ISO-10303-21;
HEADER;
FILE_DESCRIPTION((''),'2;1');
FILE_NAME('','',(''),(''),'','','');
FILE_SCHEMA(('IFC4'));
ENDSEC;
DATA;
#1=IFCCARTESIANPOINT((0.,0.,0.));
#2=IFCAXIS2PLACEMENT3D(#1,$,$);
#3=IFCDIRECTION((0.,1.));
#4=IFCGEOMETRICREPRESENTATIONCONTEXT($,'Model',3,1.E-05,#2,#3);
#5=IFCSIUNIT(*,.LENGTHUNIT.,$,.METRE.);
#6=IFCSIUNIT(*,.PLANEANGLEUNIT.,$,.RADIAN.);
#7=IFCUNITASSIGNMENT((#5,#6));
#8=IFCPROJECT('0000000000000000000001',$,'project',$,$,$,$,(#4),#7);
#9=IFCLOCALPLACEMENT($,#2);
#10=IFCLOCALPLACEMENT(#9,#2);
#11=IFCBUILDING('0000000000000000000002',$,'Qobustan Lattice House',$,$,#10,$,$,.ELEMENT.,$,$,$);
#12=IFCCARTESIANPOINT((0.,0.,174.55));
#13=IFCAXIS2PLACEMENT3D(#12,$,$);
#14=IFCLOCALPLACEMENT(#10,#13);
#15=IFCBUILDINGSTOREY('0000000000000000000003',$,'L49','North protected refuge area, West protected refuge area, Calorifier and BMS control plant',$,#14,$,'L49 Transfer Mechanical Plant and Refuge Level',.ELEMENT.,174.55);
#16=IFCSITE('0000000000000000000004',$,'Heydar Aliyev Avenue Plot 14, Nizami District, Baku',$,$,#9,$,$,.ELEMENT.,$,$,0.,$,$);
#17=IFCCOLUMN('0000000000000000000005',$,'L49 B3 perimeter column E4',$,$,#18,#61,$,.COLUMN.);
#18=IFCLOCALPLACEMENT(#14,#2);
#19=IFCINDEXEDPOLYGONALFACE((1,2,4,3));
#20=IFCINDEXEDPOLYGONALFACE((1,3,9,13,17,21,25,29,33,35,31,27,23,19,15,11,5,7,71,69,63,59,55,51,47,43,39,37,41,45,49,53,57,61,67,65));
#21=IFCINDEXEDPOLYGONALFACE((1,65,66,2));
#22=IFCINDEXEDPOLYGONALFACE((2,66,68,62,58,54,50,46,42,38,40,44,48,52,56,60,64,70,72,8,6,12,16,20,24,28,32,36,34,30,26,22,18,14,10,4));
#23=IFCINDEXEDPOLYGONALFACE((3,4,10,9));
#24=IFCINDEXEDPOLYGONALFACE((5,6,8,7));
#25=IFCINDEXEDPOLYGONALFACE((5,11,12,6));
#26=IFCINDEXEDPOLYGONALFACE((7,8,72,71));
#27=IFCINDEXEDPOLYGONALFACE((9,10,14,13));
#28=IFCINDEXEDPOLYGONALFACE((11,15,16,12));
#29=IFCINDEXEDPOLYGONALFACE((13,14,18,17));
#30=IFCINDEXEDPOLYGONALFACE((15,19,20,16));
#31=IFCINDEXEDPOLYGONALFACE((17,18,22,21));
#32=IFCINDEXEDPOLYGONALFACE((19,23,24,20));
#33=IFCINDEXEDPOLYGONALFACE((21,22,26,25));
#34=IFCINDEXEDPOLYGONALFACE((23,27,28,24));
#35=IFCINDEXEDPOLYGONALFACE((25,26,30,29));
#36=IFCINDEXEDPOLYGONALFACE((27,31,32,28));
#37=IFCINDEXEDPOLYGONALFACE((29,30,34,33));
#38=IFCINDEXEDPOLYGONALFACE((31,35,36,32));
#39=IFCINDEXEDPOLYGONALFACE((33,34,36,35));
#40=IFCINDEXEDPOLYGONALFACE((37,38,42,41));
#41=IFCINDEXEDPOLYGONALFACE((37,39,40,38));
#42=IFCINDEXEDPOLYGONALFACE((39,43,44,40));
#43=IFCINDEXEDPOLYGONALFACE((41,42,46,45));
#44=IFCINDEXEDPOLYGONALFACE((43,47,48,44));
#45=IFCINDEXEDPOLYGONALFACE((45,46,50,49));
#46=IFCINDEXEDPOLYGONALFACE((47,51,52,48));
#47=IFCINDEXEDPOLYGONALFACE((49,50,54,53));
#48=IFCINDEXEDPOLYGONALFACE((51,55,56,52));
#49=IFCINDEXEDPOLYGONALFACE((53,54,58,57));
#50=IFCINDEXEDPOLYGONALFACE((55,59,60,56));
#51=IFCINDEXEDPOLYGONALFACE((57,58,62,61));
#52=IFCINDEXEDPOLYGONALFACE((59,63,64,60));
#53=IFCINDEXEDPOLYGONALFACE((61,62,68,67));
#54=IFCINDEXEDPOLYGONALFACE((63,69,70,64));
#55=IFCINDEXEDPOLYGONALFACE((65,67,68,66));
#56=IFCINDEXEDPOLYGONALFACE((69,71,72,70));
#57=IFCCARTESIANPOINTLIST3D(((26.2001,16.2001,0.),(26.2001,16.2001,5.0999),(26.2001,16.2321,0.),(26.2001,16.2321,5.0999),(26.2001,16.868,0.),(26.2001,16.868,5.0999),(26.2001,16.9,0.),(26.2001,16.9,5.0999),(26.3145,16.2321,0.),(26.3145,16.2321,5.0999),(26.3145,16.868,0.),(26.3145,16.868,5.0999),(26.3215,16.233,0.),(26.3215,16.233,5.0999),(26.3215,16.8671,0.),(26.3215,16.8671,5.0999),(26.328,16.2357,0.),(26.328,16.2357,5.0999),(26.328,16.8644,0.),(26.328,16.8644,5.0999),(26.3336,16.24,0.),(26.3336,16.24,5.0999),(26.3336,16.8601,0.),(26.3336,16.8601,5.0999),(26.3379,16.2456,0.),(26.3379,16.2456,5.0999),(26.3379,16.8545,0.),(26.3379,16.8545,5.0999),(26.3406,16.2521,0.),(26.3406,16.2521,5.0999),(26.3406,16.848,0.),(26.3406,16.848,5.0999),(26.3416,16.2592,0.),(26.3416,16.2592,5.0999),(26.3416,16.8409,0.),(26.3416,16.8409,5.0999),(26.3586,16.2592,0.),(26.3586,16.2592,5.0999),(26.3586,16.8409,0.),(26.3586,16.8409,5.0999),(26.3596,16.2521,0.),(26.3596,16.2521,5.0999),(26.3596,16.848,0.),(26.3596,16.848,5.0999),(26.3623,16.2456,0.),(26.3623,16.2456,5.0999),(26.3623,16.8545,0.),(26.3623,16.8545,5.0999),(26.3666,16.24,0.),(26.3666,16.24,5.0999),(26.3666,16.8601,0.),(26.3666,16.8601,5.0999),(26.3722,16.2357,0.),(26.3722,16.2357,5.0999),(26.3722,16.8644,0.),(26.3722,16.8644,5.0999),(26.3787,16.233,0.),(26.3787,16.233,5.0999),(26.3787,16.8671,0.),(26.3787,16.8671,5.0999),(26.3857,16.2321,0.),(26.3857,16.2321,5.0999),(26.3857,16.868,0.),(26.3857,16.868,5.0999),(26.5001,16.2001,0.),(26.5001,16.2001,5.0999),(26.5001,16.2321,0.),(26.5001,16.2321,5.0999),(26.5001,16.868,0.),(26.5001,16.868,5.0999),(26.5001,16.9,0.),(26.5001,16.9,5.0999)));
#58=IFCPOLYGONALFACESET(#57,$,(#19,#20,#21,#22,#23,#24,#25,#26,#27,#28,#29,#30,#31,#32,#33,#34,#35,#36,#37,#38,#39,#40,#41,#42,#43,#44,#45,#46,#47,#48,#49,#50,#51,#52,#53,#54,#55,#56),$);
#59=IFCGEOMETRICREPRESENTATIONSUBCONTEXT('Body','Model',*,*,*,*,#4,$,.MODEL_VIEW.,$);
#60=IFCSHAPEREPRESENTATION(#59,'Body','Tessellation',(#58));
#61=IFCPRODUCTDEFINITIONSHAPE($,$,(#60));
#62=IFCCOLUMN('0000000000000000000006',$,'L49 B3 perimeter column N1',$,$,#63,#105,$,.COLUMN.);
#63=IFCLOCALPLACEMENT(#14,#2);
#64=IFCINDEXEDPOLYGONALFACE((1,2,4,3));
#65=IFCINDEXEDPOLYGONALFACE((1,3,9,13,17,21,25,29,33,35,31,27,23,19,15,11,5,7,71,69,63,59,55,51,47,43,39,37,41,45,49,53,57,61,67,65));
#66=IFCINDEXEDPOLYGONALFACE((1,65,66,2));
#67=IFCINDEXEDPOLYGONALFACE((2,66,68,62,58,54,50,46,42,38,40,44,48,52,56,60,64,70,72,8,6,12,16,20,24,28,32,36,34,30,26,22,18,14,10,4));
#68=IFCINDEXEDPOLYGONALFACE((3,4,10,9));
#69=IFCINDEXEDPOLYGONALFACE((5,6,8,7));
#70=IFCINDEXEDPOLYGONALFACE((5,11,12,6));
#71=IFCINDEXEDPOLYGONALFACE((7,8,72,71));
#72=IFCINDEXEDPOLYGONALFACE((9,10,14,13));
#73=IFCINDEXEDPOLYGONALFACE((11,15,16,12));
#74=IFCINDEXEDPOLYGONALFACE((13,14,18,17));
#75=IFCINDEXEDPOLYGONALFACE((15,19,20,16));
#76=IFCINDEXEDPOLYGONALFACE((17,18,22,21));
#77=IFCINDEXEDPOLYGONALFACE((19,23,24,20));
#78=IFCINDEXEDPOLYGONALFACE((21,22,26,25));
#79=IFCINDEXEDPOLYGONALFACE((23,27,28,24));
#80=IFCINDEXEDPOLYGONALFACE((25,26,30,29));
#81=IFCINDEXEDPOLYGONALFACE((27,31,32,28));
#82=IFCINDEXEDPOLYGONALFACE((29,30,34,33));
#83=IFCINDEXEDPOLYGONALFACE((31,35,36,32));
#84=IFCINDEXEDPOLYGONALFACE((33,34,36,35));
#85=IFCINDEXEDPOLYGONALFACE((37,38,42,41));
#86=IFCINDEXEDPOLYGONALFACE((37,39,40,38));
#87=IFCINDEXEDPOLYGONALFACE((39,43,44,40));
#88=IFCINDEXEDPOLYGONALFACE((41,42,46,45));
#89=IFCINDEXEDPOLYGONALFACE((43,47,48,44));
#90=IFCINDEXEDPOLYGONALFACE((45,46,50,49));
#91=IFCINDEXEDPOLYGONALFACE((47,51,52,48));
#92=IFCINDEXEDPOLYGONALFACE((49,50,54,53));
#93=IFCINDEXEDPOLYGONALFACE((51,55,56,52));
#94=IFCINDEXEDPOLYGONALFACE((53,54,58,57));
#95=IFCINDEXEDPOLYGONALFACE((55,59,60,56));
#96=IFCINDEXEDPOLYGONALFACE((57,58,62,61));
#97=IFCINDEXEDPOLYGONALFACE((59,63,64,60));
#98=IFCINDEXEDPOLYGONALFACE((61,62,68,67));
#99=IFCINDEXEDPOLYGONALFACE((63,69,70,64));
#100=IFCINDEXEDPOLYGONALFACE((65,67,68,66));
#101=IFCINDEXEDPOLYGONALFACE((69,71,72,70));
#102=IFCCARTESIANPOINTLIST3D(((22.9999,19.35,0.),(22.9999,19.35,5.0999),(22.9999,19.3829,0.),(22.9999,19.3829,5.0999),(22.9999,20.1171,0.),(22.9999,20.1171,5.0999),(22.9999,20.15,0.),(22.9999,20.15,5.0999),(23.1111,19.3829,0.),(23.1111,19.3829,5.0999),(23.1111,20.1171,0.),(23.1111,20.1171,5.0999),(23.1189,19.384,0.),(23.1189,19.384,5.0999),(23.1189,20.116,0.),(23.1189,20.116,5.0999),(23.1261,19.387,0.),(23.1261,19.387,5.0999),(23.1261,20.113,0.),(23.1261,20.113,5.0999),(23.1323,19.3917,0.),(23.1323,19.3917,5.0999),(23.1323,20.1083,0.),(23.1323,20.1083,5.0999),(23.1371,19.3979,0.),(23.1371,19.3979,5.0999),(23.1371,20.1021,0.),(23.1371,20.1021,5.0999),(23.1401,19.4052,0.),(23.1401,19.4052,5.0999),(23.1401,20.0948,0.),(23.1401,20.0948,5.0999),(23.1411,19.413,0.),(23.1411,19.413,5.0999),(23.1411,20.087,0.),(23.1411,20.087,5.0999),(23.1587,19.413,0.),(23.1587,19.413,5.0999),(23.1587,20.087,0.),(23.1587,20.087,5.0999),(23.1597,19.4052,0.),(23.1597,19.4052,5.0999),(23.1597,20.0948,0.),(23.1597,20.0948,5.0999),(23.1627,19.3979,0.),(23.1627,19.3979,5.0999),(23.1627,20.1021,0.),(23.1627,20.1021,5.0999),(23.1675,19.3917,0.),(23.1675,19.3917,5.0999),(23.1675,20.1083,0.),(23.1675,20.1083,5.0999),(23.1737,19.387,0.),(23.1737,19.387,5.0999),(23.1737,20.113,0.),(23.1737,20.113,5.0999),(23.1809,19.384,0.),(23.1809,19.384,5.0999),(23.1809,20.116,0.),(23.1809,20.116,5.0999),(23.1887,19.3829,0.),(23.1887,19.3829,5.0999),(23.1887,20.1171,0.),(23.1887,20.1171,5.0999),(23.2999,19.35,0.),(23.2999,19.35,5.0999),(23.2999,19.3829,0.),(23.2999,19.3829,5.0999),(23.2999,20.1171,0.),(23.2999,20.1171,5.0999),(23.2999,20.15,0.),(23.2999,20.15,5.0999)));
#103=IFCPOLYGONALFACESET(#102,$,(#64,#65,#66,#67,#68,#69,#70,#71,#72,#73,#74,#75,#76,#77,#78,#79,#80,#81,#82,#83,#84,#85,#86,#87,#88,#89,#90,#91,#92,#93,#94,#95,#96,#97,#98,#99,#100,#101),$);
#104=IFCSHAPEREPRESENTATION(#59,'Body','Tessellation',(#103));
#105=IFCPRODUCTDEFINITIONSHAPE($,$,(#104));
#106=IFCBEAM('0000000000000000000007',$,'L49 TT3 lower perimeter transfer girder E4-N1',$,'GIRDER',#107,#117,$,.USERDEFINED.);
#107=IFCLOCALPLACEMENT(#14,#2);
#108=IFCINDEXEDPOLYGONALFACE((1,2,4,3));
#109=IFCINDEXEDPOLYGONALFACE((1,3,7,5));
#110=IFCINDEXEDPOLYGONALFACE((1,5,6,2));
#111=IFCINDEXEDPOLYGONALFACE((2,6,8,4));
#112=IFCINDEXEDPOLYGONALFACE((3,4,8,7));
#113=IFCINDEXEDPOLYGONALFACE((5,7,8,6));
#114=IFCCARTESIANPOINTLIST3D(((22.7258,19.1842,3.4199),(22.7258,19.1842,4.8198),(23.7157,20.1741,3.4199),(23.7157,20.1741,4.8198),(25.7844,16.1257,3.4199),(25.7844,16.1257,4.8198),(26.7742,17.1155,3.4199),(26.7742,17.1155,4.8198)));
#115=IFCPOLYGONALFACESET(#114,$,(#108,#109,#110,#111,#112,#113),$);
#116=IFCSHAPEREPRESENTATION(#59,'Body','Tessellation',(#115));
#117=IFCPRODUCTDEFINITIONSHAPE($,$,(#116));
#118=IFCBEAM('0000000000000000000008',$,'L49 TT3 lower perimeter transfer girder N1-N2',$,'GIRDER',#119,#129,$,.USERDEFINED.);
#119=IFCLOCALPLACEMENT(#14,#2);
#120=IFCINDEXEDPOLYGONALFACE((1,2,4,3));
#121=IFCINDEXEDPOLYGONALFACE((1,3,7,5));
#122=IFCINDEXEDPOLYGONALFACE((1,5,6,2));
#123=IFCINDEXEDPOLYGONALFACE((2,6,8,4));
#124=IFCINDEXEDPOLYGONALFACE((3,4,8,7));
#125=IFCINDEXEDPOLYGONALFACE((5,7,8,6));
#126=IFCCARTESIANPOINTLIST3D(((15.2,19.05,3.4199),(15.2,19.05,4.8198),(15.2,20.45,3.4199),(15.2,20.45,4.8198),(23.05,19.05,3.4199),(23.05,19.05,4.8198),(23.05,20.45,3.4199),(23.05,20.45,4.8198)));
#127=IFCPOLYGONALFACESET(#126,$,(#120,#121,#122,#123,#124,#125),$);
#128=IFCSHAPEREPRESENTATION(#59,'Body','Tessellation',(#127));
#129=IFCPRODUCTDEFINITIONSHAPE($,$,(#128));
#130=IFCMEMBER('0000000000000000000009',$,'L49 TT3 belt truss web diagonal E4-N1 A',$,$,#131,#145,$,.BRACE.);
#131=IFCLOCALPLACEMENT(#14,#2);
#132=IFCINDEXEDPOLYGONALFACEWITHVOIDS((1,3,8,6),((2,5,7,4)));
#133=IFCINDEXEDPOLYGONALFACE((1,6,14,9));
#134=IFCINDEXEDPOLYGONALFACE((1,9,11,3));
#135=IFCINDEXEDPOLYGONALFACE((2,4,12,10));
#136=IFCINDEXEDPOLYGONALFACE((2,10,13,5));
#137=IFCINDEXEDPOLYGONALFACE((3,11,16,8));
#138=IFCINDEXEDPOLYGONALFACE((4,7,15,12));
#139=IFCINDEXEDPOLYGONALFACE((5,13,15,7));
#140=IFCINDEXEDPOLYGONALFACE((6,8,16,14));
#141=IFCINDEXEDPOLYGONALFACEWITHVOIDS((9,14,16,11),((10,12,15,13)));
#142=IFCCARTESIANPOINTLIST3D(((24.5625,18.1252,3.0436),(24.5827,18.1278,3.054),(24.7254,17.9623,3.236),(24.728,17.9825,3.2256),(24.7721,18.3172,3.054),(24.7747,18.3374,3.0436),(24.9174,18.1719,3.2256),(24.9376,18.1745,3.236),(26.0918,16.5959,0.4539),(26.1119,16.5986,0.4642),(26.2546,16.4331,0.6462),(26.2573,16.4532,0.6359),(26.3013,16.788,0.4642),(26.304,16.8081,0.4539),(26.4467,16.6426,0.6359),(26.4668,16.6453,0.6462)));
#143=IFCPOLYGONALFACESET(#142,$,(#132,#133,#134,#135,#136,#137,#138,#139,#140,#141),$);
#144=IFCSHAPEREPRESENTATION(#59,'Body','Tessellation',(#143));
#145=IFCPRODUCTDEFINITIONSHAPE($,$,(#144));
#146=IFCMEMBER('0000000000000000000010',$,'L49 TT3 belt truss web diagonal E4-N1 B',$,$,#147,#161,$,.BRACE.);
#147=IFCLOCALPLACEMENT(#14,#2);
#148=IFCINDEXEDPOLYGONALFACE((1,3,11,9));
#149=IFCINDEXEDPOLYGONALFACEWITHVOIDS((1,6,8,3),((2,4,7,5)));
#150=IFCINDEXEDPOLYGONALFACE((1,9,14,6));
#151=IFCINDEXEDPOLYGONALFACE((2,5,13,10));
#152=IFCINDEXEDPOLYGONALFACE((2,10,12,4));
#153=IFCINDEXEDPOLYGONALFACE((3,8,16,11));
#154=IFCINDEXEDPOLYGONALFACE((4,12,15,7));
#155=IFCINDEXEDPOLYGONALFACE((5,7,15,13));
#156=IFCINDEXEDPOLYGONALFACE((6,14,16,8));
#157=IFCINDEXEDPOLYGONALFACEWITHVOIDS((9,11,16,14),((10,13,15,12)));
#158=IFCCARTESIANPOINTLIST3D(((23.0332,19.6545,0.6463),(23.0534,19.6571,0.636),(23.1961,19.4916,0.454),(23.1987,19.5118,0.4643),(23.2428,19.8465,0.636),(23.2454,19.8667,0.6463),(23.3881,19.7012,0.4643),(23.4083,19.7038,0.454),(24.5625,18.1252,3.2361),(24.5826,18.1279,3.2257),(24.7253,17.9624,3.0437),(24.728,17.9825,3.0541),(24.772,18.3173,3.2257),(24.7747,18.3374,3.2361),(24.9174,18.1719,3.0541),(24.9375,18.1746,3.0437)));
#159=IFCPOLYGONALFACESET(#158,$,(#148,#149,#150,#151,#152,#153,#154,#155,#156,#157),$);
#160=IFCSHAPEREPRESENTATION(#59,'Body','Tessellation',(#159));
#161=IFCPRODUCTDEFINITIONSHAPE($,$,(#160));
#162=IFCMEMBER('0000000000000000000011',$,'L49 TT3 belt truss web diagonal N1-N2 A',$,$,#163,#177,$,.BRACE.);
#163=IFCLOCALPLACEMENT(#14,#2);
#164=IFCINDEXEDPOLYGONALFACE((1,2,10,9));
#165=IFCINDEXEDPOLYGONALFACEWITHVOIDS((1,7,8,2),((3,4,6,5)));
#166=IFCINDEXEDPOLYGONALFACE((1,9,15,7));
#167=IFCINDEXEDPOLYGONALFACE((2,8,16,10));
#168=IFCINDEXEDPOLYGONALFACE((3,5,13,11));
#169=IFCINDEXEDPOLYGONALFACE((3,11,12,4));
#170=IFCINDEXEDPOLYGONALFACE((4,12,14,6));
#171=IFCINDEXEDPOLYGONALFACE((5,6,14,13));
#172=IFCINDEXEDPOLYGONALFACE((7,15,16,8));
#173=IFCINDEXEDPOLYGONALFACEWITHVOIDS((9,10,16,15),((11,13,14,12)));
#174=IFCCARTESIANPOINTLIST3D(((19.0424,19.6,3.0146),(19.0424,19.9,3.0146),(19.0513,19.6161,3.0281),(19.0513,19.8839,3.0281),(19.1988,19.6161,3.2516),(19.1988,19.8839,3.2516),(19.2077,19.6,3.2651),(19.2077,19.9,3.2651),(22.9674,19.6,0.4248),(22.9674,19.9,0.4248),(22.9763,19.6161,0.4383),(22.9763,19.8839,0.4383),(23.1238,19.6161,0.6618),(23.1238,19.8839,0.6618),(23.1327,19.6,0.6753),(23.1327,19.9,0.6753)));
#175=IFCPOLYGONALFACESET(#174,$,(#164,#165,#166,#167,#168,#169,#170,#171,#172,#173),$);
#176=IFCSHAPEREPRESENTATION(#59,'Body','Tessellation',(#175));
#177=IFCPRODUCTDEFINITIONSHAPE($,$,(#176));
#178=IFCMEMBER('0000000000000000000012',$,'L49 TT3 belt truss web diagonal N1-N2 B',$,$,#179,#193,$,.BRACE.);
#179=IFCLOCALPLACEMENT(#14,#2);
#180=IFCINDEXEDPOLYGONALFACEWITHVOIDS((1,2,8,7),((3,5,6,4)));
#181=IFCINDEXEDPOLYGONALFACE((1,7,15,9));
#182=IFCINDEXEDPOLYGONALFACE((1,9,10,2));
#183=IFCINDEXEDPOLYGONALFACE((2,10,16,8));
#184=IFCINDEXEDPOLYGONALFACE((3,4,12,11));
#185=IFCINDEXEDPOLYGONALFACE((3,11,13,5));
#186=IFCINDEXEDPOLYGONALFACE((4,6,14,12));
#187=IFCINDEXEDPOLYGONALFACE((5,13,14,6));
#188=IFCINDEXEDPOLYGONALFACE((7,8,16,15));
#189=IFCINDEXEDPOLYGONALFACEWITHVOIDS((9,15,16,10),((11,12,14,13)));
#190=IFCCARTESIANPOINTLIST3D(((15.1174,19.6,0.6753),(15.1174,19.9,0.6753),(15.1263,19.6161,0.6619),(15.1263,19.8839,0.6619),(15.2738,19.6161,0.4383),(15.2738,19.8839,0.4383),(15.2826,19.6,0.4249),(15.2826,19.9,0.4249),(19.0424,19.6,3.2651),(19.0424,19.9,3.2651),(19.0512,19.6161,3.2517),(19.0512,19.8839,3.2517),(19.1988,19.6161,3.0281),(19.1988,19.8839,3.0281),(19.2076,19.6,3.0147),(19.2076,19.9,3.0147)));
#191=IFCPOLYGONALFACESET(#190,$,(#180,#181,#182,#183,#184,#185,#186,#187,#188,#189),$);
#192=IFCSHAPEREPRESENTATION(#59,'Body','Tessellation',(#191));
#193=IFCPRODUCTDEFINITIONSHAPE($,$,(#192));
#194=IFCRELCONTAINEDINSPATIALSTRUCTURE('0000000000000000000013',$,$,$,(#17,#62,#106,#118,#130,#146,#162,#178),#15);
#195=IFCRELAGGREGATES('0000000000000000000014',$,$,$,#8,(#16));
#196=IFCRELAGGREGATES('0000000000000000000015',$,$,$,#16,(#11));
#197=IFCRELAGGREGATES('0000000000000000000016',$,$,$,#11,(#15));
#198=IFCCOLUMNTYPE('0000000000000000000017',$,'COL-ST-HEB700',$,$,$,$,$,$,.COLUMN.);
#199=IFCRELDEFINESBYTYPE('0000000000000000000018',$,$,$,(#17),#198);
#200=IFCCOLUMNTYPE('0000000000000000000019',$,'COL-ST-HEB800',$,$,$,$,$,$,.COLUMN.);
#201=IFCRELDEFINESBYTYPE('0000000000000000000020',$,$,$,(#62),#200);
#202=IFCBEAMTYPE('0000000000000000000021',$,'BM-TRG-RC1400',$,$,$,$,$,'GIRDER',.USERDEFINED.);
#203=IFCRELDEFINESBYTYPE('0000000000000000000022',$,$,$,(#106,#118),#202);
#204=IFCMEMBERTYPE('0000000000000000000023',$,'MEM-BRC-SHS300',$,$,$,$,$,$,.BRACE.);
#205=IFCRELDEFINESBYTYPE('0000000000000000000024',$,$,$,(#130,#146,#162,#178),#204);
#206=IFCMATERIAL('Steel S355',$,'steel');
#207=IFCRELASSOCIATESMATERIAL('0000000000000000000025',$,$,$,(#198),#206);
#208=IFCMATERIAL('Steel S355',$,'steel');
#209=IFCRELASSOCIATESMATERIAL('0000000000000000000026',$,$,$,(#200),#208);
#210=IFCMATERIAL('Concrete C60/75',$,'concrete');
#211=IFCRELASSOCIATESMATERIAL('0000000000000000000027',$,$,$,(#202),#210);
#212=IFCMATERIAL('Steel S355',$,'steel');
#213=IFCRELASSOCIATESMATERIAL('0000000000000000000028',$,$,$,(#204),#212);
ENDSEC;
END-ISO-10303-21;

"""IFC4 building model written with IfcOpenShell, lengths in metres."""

from ifc_helpers import new_model, si_unit, direction, frame, origin, origin_2d, place, context, subcontext, project, spatial, rectangle, hollow_rectangle, i_section, extrude, material, material_profile, profile_set, type_object, element, save


model = new_model("IFC4")

# Units and contexts
model_context = context("Model", 3, precision=1e-05, world=origin(), true_north=direction((0.0, 1.0)))
body_context = subcontext(model_context, "Body", "Model", "MODEL_VIEW")
ifc_project = project(units=[si_unit("LENGTHUNIT", "METRE"), si_unit("PLANEANGLEUNIT", "RADIAN")], contexts=[model_context])

# Site, building, storey
site_placement = place(None, origin())
site = spatial("IfcSite", under=ifc_project, at=site_placement, Name="Heydar Aliyev Avenue Plot 14, Nizami District, Baku", CompositionType="ELEMENT", RefElevation=0.0)
building_placement = place(site_placement, origin())
building = spatial("IfcBuilding", under=site, at=building_placement, Name="Qobustan Lattice House", CompositionType="ELEMENT")
storey_placement = place(building_placement, frame((0.0, 0.0, 174.55)))
storey = spatial("IfcBuildingStorey", under=building, at=storey_placement, Name="L49", Description="North protected refuge area, West protected refuge area, Calorifier and BMS control plant", LongName="L49 Transfer Mechanical Plant and Refuge Level", CompositionType="ELEMENT", Elevation=174.55)

# Columns
ifc_material_1 = material(Name="Steel S355", Category="steel")
ifc_material_profile_1 = material_profile(ifc_material_1, i_section(OverallWidth=0.3, OverallDepth=0.7, WebThickness=0.0171, FlangeThickness=0.032, FilletRadius=0.0271, at=origin_2d()), Name="HEB700")
ifc_profile_set_1 = profile_set([ifc_material_profile_1], Name="Steel S355")
column_type_1 = type_object("IfcColumnType", Name="COL-ST-HEB700", PredefinedType="COLUMN", material=ifc_profile_set_1)
column_1_placement = place(storey_placement, frame((26.3501, 16.55, 0.0), z_axis=(0.0, 0.0, 1.0), x_axis=(1.0, 0.0, 0.0)))
element("IfcColumn", 1, at=column_1_placement, inside=storey, type_object=column_type_1, Name="L49 B3 perimeter column E4", PredefinedType="COLUMN", context=body_context, shape_type="SweptSolid", body=[
    extrude(i_section(OverallWidth=0.3, OverallDepth=0.7, WebThickness=0.0171, FlangeThickness=0.032, FilletRadius=0.0271, at=origin_2d()), origin(), (0.0, 0.0, 1.0), 5.0999),
])
ifc_material_2 = material(Name="Steel S355", Category="steel")
ifc_material_profile_2 = material_profile(ifc_material_2, i_section(OverallWidth=0.3, OverallDepth=0.8, WebThickness=0.0176, FlangeThickness=0.033, FilletRadius=0.03, at=origin_2d()), Name="HEB800")
ifc_profile_set_2 = profile_set([ifc_material_profile_2], Name="Steel S355")
column_type_2 = type_object("IfcColumnType", Name="COL-ST-HEB800", PredefinedType="COLUMN", material=ifc_profile_set_2)
column_2_placement = place(storey_placement, frame((23.1499, 19.75, 0.0), z_axis=(0.0, 0.0, 1.0), x_axis=(1.0, 0.0, 0.0)))
element("IfcColumn", 2, at=column_2_placement, inside=storey, type_object=column_type_2, Name="L49 B3 perimeter column N1", PredefinedType="COLUMN", context=body_context, shape_type="SweptSolid", body=[
    extrude(i_section(OverallWidth=0.3, OverallDepth=0.8, WebThickness=0.0176, FlangeThickness=0.033, FilletRadius=0.03, at=origin_2d()), origin(), (0.0, 0.0, 1.0), 5.0999),
])

# Beams
ifc_material_3 = material(Name="Concrete C60/75", Category="concrete")
ifc_material_profile_3 = material_profile(ifc_material_3, rectangle(XDim=1.3999, YDim=1.3999, at=origin_2d()), Name="RC1400x1400")
ifc_profile_set_3 = profile_set([ifc_material_profile_3], Name="Concrete C60/75")
beam_type = type_object("IfcBeamType", Name="BM-TRG-RC1400", ElementType="GIRDER", PredefinedType="USERDEFINED", material=ifc_profile_set_3)
beam_1_placement = place(storey_placement, frame((26.2793, 16.6206, 4.1199), z_axis=(-0.707107, 0.707107, 0.0), x_axis=(-0.707107, -0.707107, 0.0)))
element("IfcBeam", 3, at=beam_1_placement, inside=storey, type_object=beam_type, Name="L49 TT3 lower perimeter transfer girder E4-N1", ObjectType="GIRDER", PredefinedType="USERDEFINED", context=body_context, shape_type="SweptSolid", body=[
    extrude(rectangle(XDim=1.3999, YDim=1.3999, at=origin_2d()), origin(), (0.0, 0.0, 1.0), 4.3254),
])
beam_2_placement = place(storey_placement, frame((23.05, 19.75, 4.1199), z_axis=(-1.0, 0.0, 0.0), x_axis=(0.0, -1.0, 0.0)))
element("IfcBeam", 4, at=beam_2_placement, inside=storey, type_object=beam_type, Name="L49 TT3 lower perimeter transfer girder N1-N2", ObjectType="GIRDER", PredefinedType="USERDEFINED", context=body_context, shape_type="SweptSolid", body=[
    extrude(rectangle(XDim=1.3999, YDim=1.3999, at=origin_2d()), origin(), (0.0, 0.0, 1.0), 7.8501),
])

# Members
ifc_material_4 = material(Name="Steel S355", Category="steel")
ifc_material_profile_4 = material_profile(ifc_material_4, hollow_rectangle(XDim=0.3, YDim=0.3, WallThickness=0.0161, at=origin_2d()), Name="SHS300x300x16")
ifc_profile_set_4 = profile_set([ifc_material_profile_4], Name="Steel S355")
member_type_1 = type_object("IfcMemberType", Name="MEM-BRC-SHS300", PredefinedType="BRACE", material=ifc_profile_set_4)
for number, where, z_axis, x_axis, name in (
    (5, (26.2793, 16.6206, 0.55), (-0.453241, 0.453241, 0.767558), (-0.707107, -0.707107, 0.0), "L49 TT3 belt truss web diagonal E4-N1 A"),
    (6, (24.75, 18.1499, 3.1399), (-0.453241, 0.453241, -0.767558), (-0.707107, -0.707107, 0.0), "L49 TT3 belt truss web diagonal E4-N1 B"),
):
    element("IfcMember", number, at=place(storey_placement, frame(where, z_axis=z_axis, x_axis=x_axis)), inside=storey, type_object=member_type_1, Name=name, PredefinedType="BRACE", context=body_context, shape_type="SweptSolid", body=[
        extrude(hollow_rectangle(XDim=0.3, YDim=0.3, WallThickness=0.0161, at=origin_2d()), origin(), (0.0, 0.0, 1.0), 3.374),
    ])
for number, where, z_axis, x_axis, name in (
    (7, (23.05, 19.75, 0.55), (-0.834677, 0.0, 0.55074), (0.0, -1.0, 0.0), "L49 TT3 belt truss web diagonal N1-N2 A"),
    (8, (19.125, 19.75, 3.1399), (-0.834677, 0.0, -0.55074), (0.0, -1.0, 0.0), "L49 TT3 belt truss web diagonal N1-N2 B"),
):
    element("IfcMember", number, at=place(storey_placement, frame(where, z_axis=z_axis, x_axis=x_axis)), inside=storey, type_object=member_type_1, Name=name, PredefinedType="BRACE", context=body_context, shape_type="SweptSolid", body=[
        extrude(hollow_rectangle(XDim=0.3, YDim=0.3, WallThickness=0.0161, at=origin_2d()), origin(), (0.0, 0.0, 1.0), 4.7024),
    ])

save(model, "model.ifc")
